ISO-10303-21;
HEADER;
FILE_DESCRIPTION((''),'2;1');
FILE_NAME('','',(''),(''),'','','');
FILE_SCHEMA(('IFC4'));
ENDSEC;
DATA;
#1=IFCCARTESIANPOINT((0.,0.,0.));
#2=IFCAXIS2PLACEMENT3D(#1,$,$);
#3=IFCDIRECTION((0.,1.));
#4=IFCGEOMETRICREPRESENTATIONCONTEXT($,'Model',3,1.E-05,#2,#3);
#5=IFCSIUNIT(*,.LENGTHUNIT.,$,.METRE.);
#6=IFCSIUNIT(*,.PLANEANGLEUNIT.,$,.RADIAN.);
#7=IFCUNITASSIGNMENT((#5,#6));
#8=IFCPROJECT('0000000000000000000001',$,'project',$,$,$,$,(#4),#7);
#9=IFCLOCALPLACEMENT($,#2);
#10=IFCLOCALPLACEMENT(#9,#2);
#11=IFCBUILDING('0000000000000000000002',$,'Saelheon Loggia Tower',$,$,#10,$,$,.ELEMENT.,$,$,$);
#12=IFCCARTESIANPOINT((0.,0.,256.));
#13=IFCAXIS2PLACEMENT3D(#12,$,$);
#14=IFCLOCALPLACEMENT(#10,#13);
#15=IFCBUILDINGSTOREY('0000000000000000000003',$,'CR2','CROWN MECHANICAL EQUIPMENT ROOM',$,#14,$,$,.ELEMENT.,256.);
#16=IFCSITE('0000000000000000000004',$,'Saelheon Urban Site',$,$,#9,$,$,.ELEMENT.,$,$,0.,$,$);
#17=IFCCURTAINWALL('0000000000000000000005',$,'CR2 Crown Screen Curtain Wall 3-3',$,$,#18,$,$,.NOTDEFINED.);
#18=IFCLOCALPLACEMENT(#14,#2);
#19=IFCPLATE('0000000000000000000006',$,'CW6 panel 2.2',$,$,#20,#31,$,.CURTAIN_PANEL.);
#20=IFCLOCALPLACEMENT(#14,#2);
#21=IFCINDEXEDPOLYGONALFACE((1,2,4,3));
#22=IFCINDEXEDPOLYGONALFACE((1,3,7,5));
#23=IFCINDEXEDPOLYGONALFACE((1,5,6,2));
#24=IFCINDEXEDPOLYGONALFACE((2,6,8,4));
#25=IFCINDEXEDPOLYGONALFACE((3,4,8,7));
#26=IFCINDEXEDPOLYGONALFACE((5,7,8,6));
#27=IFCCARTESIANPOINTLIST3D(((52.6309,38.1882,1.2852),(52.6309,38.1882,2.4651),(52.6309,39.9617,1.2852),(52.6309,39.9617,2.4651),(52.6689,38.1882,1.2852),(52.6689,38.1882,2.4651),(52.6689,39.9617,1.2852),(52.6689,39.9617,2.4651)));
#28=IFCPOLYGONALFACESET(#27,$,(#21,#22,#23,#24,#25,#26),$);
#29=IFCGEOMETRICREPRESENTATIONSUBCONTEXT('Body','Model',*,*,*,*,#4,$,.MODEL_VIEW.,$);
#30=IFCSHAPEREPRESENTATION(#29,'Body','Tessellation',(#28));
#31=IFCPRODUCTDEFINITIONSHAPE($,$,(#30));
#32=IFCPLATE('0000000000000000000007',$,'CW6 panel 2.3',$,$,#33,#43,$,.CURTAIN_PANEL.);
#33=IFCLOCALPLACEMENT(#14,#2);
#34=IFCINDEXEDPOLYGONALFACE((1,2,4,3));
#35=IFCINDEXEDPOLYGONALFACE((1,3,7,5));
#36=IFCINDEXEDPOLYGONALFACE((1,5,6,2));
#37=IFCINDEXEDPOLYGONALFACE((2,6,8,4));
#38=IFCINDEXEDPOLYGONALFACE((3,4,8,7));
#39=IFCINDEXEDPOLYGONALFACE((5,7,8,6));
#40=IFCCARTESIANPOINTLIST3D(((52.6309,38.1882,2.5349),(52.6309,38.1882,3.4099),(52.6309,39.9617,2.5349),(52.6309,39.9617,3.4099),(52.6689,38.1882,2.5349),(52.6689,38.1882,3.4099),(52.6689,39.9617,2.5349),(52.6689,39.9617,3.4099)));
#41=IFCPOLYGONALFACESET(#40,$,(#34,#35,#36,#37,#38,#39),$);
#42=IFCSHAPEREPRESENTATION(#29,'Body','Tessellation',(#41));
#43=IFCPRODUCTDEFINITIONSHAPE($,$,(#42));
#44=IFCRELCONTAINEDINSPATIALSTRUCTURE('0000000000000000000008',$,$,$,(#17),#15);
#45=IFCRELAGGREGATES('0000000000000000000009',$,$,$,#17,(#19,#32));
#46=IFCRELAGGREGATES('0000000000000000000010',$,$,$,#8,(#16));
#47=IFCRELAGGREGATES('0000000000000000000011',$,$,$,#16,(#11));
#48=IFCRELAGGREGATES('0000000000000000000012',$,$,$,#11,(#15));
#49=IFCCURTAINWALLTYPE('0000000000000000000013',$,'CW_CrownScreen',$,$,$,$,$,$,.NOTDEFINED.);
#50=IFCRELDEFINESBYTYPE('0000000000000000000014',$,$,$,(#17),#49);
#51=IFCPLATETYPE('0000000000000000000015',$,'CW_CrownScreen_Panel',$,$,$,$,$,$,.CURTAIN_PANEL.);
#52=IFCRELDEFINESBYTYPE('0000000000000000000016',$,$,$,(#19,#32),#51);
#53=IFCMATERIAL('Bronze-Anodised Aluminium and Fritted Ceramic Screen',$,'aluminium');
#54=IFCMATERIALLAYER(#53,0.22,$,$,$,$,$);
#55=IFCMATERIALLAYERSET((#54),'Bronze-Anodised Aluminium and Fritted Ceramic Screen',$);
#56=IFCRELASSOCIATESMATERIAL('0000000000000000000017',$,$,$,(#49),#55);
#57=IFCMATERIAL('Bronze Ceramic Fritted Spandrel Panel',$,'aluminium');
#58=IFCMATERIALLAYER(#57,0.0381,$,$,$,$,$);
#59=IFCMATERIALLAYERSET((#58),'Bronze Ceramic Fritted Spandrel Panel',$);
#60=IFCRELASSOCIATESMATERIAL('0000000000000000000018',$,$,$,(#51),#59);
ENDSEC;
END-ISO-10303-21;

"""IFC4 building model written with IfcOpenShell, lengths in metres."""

from ifc_helpers import new_model, si_unit, direction, frame, origin, origin_2d, place, context, subcontext, project, spatial, rectangle, extrude, source, transform, mapped, material, layer, layer_set, type_object, element, aggregate, save


model = new_model("IFC4")

# Units and contexts
model_context = context("Model", 3, precision=1e-05, world=origin(), true_north=direction((0.0, 1.0)))
body_context = subcontext(model_context, "Body", "Model", "MODEL_VIEW")
ifc_project = project(units=[si_unit("LENGTHUNIT", "METRE"), si_unit("PLANEANGLEUNIT", "RADIAN")], contexts=[model_context])

# Site, building, storey
site_placement = place(None, origin())
site = spatial("IfcSite", under=ifc_project, at=site_placement, Name="Saelheon Urban Site", CompositionType="ELEMENT", RefElevation=0.0)
building_placement = place(site_placement, origin())
building = spatial("IfcBuilding", under=site, at=building_placement, Name="Saelheon Loggia Tower", CompositionType="ELEMENT")
storey_placement = place(building_placement, frame((0.0, 0.0, 256.0)))
storey = spatial("IfcBuildingStorey", under=building, at=storey_placement, Name="CR2", Description="CROWN MECHANICAL EQUIPMENT ROOM", CompositionType="ELEMENT", Elevation=256.0)

# Curtain wall, plates
ifc_material_1 = material(Name="Bronze-Anodised Aluminium and Fritted Ceramic Screen", Category="aluminium")
ifc_layer_1 = layer(ifc_material_1, 0.22)
ifc_layer_set_1 = layer_set([ifc_layer_1], Name="Bronze-Anodised Aluminium and Fritted Ceramic Screen")
curtain_wall_type = type_object("IfcCurtainWallType", Name="CW_CrownScreen", PredefinedType="NOTDEFINED", material=ifc_layer_set_1)
curtain_wall_placement = place(storey_placement, origin())
curtain_wall = element("IfcCurtainWall", 1, at=curtain_wall_placement, inside=storey, type_object=curtain_wall_type, Name="CR2 Crown Screen Curtain Wall 3-3", PredefinedType="NOTDEFINED")
ifc_material_2 = material(Name="Bronze Ceramic Fritted Spandrel Panel", Category="aluminium")
ifc_layer_2 = layer(ifc_material_2, 0.0381)
ifc_layer_set_2 = layer_set([ifc_layer_2], Name="Bronze Ceramic Fritted Spandrel Panel")
plate_type = type_object("IfcPlateType", Name="CW_CrownScreen_Panel", PredefinedType="CURTAIN_PANEL", material=ifc_layer_set_2)
shared_shape_1 = source(origin(), body_context, "Body", "SweptSolid", [
    extrude(rectangle(XDim=1.7734, YDim=0.0381, at=origin_2d()), origin(), (0.0, 0.0, 1.0), 1.1799),
])
plate_1_placement = place(storey_placement, frame((52.6499, 39.075, 1.2852), z_axis=(0.0, 0.0, 1.0), x_axis=(0.0, 1.0, 0.0)))
plate_1 = element("IfcPlate", 2, at=plate_1_placement, type_object=plate_type, Name="CW6 panel 2.2", PredefinedType="CURTAIN_PANEL", context=body_context, shape_type="MappedRepresentation", body=[
    mapped(shared_shape_1, transform((0.0, 0.0, 0.0), scale=1.0)),
])
shared_shape_2 = source(origin(), body_context, "Body", "SweptSolid", [
    extrude(rectangle(XDim=1.7734, YDim=0.0381, at=origin_2d()), origin(), (0.0, 0.0, 1.0), 0.875),
])
plate_2_placement = place(storey_placement, frame((52.6499, 39.075, 2.5349), z_axis=(0.0, 0.0, 1.0), x_axis=(0.0, 1.0, 0.0)))
plate_2 = element("IfcPlate", 3, at=plate_2_placement, type_object=plate_type, Name="CW6 panel 2.3", PredefinedType="CURTAIN_PANEL", context=body_context, shape_type="MappedRepresentation", body=[
    mapped(shared_shape_2, transform((0.0, 0.0, 0.0), scale=1.0)),
])
aggregate(curtain_wall, [plate_1, plate_2])

save(model, "model.ifc")
